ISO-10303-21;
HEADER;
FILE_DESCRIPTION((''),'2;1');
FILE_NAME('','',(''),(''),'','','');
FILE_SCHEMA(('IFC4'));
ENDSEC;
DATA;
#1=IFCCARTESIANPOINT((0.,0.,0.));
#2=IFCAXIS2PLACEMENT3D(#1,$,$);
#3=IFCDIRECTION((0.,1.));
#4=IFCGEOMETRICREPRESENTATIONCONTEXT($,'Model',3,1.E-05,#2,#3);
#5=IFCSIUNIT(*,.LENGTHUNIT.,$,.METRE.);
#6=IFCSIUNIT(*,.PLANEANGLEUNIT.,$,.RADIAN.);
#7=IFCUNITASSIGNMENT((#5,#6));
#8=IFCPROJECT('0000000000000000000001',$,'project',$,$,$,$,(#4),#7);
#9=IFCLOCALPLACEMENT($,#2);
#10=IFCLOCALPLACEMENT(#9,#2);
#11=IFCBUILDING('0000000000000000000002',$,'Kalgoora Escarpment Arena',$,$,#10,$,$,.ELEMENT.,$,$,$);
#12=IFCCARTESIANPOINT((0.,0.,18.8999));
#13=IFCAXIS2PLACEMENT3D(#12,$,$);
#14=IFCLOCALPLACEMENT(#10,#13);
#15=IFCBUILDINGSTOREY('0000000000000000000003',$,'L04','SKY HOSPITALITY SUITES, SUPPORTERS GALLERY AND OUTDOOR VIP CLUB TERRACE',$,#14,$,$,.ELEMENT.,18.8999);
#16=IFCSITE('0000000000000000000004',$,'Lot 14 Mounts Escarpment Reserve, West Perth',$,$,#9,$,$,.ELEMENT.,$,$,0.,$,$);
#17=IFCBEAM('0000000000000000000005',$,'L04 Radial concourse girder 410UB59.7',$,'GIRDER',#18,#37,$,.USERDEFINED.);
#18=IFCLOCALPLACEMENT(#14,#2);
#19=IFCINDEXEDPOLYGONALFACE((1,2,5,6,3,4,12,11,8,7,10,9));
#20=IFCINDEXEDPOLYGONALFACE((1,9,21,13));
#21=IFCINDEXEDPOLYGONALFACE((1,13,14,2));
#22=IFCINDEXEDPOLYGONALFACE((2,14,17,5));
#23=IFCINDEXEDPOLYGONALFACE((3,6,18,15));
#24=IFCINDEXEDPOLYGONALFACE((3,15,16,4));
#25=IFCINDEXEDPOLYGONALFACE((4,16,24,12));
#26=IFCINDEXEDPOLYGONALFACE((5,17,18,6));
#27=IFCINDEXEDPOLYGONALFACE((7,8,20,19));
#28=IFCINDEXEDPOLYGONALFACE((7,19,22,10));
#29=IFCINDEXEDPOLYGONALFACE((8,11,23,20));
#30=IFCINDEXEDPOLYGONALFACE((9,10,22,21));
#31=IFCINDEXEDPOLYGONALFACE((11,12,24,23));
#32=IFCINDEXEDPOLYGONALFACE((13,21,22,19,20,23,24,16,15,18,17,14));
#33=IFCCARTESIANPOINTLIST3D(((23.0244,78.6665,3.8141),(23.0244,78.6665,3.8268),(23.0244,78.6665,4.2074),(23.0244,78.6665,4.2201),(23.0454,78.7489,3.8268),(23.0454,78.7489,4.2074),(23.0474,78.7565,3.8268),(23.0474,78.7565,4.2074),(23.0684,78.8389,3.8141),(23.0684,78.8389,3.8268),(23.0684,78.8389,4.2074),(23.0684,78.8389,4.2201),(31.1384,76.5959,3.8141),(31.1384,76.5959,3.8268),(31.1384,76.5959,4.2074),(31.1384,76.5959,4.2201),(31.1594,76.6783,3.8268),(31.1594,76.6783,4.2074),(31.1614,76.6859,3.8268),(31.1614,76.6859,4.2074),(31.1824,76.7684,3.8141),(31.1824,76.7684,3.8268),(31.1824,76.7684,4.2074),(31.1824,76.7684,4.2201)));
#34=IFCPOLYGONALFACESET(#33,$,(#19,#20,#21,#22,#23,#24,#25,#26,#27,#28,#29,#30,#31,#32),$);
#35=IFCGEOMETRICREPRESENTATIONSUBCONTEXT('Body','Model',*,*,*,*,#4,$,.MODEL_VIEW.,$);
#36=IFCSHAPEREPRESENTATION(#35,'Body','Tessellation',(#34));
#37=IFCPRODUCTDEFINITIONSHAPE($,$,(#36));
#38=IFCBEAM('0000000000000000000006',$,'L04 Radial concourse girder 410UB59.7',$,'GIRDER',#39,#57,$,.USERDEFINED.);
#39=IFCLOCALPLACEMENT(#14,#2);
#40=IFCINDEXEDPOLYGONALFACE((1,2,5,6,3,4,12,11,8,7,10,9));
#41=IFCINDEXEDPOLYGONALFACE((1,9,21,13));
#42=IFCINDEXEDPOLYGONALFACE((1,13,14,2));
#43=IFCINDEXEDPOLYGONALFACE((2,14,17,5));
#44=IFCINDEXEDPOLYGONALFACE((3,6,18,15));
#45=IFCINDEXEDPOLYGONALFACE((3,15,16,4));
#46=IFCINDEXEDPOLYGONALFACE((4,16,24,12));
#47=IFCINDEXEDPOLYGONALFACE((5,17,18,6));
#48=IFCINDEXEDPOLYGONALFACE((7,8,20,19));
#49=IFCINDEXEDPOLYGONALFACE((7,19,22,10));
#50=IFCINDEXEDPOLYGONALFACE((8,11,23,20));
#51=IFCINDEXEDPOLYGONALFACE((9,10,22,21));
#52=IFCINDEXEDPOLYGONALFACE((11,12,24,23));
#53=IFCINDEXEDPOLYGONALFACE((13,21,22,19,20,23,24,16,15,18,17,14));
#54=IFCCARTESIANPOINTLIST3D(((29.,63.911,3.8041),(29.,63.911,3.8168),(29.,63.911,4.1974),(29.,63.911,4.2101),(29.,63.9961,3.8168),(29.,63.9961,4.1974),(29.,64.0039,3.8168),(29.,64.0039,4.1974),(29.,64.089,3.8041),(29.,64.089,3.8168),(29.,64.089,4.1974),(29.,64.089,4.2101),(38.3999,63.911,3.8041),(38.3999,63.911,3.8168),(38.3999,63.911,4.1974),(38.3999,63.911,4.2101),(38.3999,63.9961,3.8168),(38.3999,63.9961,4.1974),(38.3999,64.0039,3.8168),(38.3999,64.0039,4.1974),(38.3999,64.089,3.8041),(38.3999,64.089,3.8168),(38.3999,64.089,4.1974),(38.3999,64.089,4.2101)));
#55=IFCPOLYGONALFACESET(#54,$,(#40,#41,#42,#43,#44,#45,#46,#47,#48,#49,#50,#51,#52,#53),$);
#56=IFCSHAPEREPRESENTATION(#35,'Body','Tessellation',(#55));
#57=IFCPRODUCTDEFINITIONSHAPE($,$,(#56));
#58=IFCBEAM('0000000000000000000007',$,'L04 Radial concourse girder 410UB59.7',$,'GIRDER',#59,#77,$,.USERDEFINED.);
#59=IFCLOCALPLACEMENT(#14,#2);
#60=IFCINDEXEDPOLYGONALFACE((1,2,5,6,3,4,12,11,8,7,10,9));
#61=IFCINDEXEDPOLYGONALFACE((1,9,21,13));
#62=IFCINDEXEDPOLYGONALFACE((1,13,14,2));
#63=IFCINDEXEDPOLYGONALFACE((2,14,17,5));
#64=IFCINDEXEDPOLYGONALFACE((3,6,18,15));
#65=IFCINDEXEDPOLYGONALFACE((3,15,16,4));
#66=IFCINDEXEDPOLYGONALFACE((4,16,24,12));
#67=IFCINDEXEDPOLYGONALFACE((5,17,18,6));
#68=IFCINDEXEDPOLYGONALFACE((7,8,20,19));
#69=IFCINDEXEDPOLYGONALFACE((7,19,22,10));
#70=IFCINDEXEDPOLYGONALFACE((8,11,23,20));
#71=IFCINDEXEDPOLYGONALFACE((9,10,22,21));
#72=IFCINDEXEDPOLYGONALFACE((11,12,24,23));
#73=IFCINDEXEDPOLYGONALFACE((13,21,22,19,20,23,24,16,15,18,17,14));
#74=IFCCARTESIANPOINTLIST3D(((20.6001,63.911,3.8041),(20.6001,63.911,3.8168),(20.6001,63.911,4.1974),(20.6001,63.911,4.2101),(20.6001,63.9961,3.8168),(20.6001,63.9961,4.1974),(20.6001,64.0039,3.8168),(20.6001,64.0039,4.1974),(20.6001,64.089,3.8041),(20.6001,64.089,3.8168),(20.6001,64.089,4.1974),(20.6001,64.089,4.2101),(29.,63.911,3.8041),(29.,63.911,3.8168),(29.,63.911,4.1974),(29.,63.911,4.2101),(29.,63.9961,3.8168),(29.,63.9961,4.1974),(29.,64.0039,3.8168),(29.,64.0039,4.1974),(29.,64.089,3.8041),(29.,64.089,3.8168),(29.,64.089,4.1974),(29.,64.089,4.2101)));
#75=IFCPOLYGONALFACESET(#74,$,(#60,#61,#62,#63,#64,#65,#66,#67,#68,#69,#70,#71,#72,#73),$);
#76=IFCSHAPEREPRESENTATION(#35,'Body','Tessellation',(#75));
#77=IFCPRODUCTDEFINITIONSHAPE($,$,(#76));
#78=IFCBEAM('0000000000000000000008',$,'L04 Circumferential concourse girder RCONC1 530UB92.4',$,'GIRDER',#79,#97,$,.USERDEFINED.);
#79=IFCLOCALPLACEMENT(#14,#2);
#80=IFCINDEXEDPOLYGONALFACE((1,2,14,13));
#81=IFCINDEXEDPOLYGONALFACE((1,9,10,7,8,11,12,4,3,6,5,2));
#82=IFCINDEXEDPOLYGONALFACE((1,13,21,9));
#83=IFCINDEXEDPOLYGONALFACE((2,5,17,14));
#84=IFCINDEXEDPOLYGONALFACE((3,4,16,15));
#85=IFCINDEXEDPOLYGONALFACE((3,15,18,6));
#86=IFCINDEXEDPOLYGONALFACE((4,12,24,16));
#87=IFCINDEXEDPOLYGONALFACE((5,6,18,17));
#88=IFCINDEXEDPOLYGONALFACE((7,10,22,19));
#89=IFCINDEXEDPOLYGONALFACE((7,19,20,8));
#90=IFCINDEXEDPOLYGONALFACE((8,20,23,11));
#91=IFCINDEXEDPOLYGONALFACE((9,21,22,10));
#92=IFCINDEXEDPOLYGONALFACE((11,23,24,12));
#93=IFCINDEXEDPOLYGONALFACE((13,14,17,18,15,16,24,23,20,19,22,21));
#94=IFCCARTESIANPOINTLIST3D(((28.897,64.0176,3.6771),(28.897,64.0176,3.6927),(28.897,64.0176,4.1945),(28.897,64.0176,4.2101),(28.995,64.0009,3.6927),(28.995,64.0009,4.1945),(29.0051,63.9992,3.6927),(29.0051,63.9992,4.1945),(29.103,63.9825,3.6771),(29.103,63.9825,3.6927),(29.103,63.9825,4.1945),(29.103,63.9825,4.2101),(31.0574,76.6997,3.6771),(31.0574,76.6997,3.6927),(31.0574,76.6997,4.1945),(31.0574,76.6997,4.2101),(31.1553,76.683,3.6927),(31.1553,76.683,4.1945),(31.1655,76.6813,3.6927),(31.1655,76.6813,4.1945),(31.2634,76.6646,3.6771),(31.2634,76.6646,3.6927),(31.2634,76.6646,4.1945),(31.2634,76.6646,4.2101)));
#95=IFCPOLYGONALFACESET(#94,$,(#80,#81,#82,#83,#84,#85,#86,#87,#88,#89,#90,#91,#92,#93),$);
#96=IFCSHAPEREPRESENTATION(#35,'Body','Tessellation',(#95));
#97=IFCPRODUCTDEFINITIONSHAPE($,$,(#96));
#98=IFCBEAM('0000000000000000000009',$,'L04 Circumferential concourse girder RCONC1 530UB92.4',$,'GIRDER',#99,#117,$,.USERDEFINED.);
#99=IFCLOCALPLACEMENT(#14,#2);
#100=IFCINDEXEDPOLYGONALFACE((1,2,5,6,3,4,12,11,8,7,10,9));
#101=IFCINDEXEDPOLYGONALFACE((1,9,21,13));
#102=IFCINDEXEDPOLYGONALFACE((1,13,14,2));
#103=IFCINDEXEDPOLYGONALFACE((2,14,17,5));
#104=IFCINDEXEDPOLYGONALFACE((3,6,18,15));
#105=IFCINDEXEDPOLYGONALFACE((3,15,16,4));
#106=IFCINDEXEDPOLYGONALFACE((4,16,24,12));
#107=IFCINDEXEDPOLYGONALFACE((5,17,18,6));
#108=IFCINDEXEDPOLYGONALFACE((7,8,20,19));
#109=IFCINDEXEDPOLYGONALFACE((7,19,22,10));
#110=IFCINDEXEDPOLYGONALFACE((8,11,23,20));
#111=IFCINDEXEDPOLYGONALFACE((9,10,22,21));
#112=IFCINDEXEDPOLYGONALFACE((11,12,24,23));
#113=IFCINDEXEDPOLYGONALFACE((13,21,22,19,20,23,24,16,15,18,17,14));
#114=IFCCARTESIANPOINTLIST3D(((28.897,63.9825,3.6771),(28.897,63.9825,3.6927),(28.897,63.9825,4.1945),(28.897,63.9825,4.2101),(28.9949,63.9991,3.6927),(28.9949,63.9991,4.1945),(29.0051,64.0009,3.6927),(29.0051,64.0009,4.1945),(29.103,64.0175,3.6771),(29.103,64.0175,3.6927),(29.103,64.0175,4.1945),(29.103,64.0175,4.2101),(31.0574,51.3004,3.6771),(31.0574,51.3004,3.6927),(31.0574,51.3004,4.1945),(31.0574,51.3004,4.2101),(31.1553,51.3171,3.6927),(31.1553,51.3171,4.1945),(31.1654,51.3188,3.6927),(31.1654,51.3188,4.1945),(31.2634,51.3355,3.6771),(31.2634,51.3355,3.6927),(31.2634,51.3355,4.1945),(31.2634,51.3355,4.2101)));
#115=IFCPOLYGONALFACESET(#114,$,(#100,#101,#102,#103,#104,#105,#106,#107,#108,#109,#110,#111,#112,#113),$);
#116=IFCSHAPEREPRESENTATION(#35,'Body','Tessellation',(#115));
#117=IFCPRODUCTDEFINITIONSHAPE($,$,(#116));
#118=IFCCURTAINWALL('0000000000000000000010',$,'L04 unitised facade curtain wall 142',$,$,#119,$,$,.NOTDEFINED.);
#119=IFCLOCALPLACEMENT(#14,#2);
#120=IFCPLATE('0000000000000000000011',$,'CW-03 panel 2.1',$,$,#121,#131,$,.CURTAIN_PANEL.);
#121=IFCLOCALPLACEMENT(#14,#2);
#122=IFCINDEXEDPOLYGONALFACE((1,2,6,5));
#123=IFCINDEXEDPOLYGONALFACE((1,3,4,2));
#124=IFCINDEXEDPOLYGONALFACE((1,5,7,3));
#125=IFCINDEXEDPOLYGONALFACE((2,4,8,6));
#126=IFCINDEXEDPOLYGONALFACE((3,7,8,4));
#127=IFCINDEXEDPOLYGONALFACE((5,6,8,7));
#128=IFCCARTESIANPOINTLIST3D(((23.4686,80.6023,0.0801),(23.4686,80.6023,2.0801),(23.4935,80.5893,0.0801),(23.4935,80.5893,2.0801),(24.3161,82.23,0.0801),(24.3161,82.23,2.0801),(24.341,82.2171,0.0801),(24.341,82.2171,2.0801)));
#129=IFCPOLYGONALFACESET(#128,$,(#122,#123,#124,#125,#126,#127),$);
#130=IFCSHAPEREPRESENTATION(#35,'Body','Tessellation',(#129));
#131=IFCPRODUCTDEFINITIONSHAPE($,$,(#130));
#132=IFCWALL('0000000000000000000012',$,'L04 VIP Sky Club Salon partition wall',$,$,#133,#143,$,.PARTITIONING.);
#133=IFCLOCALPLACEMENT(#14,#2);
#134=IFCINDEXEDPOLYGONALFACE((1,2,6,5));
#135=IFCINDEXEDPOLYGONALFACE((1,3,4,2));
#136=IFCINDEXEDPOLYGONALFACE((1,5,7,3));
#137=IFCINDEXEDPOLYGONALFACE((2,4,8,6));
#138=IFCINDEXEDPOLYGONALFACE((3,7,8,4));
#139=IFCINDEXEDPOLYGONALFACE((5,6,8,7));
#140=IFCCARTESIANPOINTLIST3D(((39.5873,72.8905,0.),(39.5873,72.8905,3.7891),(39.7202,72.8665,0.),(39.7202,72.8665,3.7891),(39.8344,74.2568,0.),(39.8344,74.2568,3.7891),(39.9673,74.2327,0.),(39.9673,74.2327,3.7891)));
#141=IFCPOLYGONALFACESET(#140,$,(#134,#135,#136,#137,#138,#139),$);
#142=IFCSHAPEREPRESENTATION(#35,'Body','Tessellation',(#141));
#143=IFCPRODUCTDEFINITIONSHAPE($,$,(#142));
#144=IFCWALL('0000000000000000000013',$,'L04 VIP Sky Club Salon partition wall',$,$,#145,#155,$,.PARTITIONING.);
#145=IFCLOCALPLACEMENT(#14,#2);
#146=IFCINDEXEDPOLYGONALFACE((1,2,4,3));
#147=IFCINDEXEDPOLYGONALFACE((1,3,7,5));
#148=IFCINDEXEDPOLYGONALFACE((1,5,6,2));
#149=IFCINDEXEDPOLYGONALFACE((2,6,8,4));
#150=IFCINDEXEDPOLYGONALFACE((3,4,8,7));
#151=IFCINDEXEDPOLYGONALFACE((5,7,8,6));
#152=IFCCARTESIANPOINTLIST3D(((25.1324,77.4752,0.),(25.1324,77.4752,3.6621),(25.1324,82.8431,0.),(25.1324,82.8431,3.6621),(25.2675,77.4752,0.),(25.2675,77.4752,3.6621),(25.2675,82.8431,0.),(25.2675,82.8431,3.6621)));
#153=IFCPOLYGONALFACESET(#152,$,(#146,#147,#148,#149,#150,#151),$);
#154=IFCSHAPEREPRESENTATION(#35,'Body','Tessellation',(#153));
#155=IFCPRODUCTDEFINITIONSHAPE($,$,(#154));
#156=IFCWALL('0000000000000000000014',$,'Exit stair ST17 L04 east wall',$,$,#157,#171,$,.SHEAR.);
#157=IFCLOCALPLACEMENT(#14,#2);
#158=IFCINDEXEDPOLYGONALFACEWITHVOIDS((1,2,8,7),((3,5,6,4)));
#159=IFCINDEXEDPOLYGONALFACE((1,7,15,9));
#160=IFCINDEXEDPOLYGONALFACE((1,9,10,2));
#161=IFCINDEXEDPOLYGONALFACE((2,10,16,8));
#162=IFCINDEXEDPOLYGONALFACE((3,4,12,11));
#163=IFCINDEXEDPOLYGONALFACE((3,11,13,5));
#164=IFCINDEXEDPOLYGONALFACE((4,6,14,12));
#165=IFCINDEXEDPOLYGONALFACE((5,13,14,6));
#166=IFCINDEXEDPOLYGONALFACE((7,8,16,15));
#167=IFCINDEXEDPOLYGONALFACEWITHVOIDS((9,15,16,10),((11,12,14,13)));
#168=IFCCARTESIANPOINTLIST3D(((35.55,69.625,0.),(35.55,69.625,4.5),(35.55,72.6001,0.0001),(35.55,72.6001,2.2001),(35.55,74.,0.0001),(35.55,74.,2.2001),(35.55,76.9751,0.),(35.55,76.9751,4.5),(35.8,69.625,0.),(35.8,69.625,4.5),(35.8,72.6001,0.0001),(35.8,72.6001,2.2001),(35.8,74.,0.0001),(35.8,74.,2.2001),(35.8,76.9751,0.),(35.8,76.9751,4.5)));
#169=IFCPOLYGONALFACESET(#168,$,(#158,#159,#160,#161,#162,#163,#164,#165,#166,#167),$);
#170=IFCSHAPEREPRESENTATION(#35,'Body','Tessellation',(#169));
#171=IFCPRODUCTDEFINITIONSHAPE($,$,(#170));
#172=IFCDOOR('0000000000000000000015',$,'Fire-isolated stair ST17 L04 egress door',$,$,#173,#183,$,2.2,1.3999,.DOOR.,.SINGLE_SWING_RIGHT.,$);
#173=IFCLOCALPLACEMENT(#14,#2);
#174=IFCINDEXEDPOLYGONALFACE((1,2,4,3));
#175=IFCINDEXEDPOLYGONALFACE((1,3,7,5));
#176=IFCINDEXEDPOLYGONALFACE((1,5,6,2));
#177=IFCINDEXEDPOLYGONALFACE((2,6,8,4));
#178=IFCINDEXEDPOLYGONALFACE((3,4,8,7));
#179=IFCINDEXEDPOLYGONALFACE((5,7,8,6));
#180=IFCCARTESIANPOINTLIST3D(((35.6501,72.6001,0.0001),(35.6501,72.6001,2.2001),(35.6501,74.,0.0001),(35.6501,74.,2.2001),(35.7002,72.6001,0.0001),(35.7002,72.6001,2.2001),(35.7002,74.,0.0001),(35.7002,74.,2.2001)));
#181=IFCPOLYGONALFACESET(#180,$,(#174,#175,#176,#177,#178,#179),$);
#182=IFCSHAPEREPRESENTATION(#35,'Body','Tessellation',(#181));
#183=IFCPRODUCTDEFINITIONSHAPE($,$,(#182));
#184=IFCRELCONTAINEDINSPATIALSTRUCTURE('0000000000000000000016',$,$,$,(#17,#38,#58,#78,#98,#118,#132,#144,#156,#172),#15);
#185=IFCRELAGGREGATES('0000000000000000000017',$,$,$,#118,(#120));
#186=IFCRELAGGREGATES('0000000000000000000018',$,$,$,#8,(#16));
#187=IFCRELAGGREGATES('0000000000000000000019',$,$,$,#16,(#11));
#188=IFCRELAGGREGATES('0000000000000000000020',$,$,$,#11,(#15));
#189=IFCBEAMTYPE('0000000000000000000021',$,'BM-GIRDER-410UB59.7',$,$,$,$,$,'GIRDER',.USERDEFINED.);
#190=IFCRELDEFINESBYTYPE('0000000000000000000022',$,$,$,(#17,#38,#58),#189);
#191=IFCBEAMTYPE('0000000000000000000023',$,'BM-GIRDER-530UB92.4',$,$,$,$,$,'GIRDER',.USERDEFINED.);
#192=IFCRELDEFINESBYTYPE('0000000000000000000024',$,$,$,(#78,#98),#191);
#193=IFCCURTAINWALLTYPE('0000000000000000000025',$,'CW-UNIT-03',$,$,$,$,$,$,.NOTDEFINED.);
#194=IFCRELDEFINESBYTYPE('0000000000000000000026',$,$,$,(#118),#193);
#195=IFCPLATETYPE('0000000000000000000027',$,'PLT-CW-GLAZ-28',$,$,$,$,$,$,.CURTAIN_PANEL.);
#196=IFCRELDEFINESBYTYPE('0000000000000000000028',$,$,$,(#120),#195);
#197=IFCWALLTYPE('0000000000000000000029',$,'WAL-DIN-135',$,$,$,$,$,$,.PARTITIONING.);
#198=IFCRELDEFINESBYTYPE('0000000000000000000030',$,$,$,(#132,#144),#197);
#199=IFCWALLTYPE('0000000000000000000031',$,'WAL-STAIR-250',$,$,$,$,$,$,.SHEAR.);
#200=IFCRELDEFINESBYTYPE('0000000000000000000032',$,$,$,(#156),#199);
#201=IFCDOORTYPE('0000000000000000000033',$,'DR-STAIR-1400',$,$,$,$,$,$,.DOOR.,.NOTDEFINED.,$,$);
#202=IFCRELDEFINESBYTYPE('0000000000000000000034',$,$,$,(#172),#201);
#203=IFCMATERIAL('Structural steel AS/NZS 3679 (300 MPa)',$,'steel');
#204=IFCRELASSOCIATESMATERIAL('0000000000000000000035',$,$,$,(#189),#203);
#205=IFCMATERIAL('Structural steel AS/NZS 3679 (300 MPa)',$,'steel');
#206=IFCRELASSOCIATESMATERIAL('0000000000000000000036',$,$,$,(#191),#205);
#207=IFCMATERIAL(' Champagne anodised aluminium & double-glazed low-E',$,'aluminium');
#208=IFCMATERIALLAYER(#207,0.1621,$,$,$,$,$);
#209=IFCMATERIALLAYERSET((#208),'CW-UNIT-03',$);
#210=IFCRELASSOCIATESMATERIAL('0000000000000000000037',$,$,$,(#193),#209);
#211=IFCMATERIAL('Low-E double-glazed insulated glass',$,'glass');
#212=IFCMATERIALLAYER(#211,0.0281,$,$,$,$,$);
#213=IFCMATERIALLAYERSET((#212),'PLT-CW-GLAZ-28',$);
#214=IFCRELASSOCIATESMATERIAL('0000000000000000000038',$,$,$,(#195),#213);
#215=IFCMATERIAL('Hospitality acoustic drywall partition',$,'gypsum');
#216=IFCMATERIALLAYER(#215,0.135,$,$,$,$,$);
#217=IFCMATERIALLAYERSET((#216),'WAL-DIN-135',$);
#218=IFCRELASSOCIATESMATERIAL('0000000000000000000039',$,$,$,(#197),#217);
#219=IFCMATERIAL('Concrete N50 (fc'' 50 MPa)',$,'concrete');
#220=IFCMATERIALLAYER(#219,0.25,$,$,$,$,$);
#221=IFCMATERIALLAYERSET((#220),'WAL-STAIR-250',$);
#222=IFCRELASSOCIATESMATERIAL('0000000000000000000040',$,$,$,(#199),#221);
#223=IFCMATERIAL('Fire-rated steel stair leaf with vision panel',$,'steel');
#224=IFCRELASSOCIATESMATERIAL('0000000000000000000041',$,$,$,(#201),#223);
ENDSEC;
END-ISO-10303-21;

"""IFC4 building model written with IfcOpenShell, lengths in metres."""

from ifc_helpers import new_model, si_unit, direction, frame, frame_2d, origin, origin_2d, place, context, subcontext, project, spatial, rectangle, i_section, extrude, material, layer, layer_set, material_profile, profile_set, type_object, element, fill, aggregate, save


model = new_model("IFC4")

# Units and contexts
model_context = context("Model", 3, precision=1e-05, world=origin(), true_north=direction((0.0, 1.0)))
body_context = subcontext(model_context, "Body", "Model", "MODEL_VIEW")
ifc_project = project(units=[si_unit("LENGTHUNIT", "METRE"), si_unit("PLANEANGLEUNIT", "RADIAN")], contexts=[model_context])

# Site, building, storey
site_placement = place(None, origin())
site = spatial("IfcSite", under=ifc_project, at=site_placement, Name="Lot 14 Mounts Escarpment Reserve, West Perth", CompositionType="ELEMENT", RefElevation=0.0)
building_placement = place(site_placement, origin())
building = spatial("IfcBuilding", under=site, at=building_placement, Name="Kalgoora Escarpment Arena", CompositionType="ELEMENT")
storey_placement = place(building_placement, frame((0.0, 0.0, 18.8999)))
storey = spatial("IfcBuildingStorey", under=building, at=storey_placement, Name="L04", Description="SKY HOSPITALITY SUITES, SUPPORTERS GALLERY AND OUTDOOR VIP CLUB TERRACE", CompositionType="ELEMENT", Elevation=18.8999)

# Beams
ifc_material_1 = material(Name="Structural steel AS/NZS 3679 (300 MPa)", Category="steel")
ifc_material_profile_1 = material_profile(ifc_material_1, i_section(OverallWidth=0.178, OverallDepth=0.406, WebThickness=0.0078, FlangeThickness=0.0127, at=origin_2d()))
ifc_profile_set_1 = profile_set([ifc_material_profile_1], Name="Structural steel AS/NZS 3679 (300 MPa)")
beam_type_1 = type_object("IfcBeamType", Name="BM-GIRDER-410UB59.7", ElementType="GIRDER", PredefinedType="USERDEFINED", material=ifc_profile_set_1)
beam_1_placement = place(storey_placement, frame((31.1604, 76.6821, 4.0171), z_axis=(-0.968949, 0.247259, 0.0), x_axis=(-0.247259, -0.968949, 0.0)))
element("IfcBeam", 1, at=beam_1_placement, inside=storey, type_object=beam_type_1, Name="L04 Radial concourse girder 410UB59.7", ObjectType="GIRDER", PredefinedType="USERDEFINED", context=body_context, shape_type="SweptSolid", body=[
    extrude(i_section(OverallWidth=0.178, OverallDepth=0.406, WebThickness=0.0078, FlangeThickness=0.0127, at=origin_2d()), origin(), (0.0, 0.0, 1.0), 8.374),
])
beam_2_placement = place(storey_placement, frame((38.3999, 64.0, 4.0071), z_axis=(-1.0, 0.0, 0.0), x_axis=(0.0, -1.0, 0.0)))
element("IfcBeam", 2, at=beam_2_placement, inside=storey, type_object=beam_type_1, Name="L04 Radial concourse girder 410UB59.7", ObjectType="GIRDER", PredefinedType="USERDEFINED", context=body_context, shape_type="SweptSolid", body=[
    extrude(i_section(OverallWidth=0.178, OverallDepth=0.406, WebThickness=0.0078, FlangeThickness=0.0127, at=origin_2d()), origin(), (0.0, 0.0, 1.0), 9.3999),
])
beam_3_placement = place(storey_placement, frame((29.0, 64.0, 4.0071), z_axis=(-1.0, 0.0, 0.0), x_axis=(0.0, -1.0, 0.0)))
element("IfcBeam", 3, at=beam_3_placement, inside=storey, type_object=beam_type_1, Name="L04 Radial concourse girder 410UB59.7", ObjectType="GIRDER", PredefinedType="USERDEFINED", context=body_context, shape_type="SweptSolid", body=[
    extrude(i_section(OverallWidth=0.178, OverallDepth=0.406, WebThickness=0.0078, FlangeThickness=0.0127, at=origin_2d()), origin(), (0.0, 0.0, 1.0), 8.3999),
])
ifc_material_2 = material(Name="Structural steel AS/NZS 3679 (300 MPa)", Category="steel")
ifc_material_profile_2 = material_profile(ifc_material_2, i_section(OverallWidth=0.209, OverallDepth=0.533, WebThickness=0.0103, FlangeThickness=0.0156, at=origin_2d()))
ifc_profile_set_2 = profile_set([ifc_material_profile_2], Name="Structural steel AS/NZS 3679 (300 MPa)")
beam_type_2 = type_object("IfcBeamType", Name="BM-GIRDER-530UB92.4", ElementType="GIRDER", PredefinedType="USERDEFINED", material=ifc_profile_set_2)
for number, where, z_axis, x_axis, name in (
    (4, (31.1604, 76.6821, 3.9436), (-0.167931, -0.985799, 0.0), (0.985799, -0.167931, 0.0), "L04 Circumferential concourse girder RCONC1 530UB92.4"),
    (5, (29.0, 64.0, 3.9436), (0.167931, -0.985799, 0.0), (0.985799, 0.167931, 0.0), "L04 Circumferential concourse girder RCONC1 530UB92.4"),
):
    element("IfcBeam", number, at=place(storey_placement, frame(where, z_axis=z_axis, x_axis=x_axis)), inside=storey, type_object=beam_type_2, Name=name, ObjectType="GIRDER", PredefinedType="USERDEFINED", context=body_context, shape_type="SweptSolid", body=[
        extrude(i_section(OverallWidth=0.209, OverallDepth=0.533, WebThickness=0.0103, FlangeThickness=0.0156, at=origin_2d()), origin(), (0.0, 0.0, 1.0), 12.8647),
    ])

# Curtain wall, plate
ifc_material_3 = material(Name=" Champagne anodised aluminium & double-glazed low-E", Category="aluminium")
ifc_layer_1 = layer(ifc_material_3, 0.1621)
ifc_layer_set_1 = layer_set([ifc_layer_1], Name="CW-UNIT-03")
curtain_wall_type = type_object("IfcCurtainWallType", Name="CW-UNIT-03", PredefinedType="NOTDEFINED", material=ifc_layer_set_1)
curtain_wall_placement = place(storey_placement, origin())
curtain_wall = element("IfcCurtainWall", 6, at=curtain_wall_placement, inside=storey, type_object=curtain_wall_type, Name="L04 unitised facade curtain wall 142", PredefinedType="NOTDEFINED")
ifc_material_4 = material(Name="Low-E double-glazed insulated glass", Category="glass")
ifc_layer_2 = layer(ifc_material_4, 0.0281)
ifc_layer_set_2 = layer_set([ifc_layer_2], Name="PLT-CW-GLAZ-28")
plate_type = type_object("IfcPlateType", Name="PLT-CW-GLAZ-28", PredefinedType="CURTAIN_PANEL", material=ifc_layer_set_2)
plate_placement = place(storey_placement, frame((23.9048, 81.4097, 0.0801), z_axis=(0.0, 0.0, 1.0), x_axis=(0.461806, 0.886981, 0.0)))
plate = element("IfcPlate", 7, at=plate_placement, type_object=plate_type, Name="CW-03 panel 2.1", PredefinedType="CURTAIN_PANEL", context=body_context, shape_type="SweptSolid", body=[
    extrude(rectangle(XDim=1.8352, YDim=0.0281, at=origin_2d()), origin(), (0.0, 0.0, 1.0), 2.0),
])
aggregate(curtain_wall, [plate])

# Walls
ifc_material_5 = material(Name="Hospitality acoustic drywall partition", Category="gypsum")
ifc_layer_3 = layer(ifc_material_5, 0.135)
ifc_layer_set_3 = layer_set([ifc_layer_3], Name="WAL-DIN-135")
wall_type_1 = type_object("IfcWallType", Name="WAL-DIN-135", PredefinedType="PARTITIONING", material=ifc_layer_set_3)
wall_1_placement = place(storey_placement, frame((39.9009, 74.2449, 0.0), z_axis=(0.0, 0.0, 1.0), x_axis=(-0.177957, -0.984038, 0.0)))
element("IfcWall", 8, at=wall_1_placement, inside=storey, type_object=wall_type_1, Name="L04 VIP Sky Club Salon partition wall", PredefinedType="PARTITIONING", context=body_context, shape_type="SweptSolid", body=[
    extrude(rectangle(XDim=1.3884, YDim=0.135, at=frame_2d((0.6943, 0.0))), origin(), (0.0, 0.0, 1.0), 3.7891),
])
wall_2_placement = place(storey_placement, frame((25.2, 77.4751, 0.0), z_axis=(0.0, 0.0, 1.0), x_axis=(0.0, 1.0, 0.0)))
element("IfcWall", 9, at=wall_2_placement, inside=storey, type_object=wall_type_1, Name="L04 VIP Sky Club Salon partition wall", PredefinedType="PARTITIONING", context=body_context, shape_type="SweptSolid", body=[
    extrude(rectangle(XDim=5.3679, YDim=0.135, at=frame_2d((2.6841, 0.0))), origin(), (0.0, 0.0, 1.0), 3.6621),
])

# Wall, opening, door
ifc_material_6 = material(Name="Concrete N50 (fc' 50 MPa)", Category="concrete")
ifc_layer_4 = layer(ifc_material_6, 0.25)
ifc_layer_set_4 = layer_set([ifc_layer_4], Name="WAL-STAIR-250")
wall_type_2 = type_object("IfcWallType", Name="WAL-STAIR-250", PredefinedType="SHEAR", material=ifc_layer_set_4)
wall_3_placement = place(storey_placement, frame((35.675, 69.625, 0.0), z_axis=(0.0, 0.0, 1.0), x_axis=(0.0, 1.0, 0.0)))
wall_3 = element("IfcWall", 10, at=wall_3_placement, inside=storey, type_object=wall_type_2, Name="Exit stair ST17 L04 east wall", PredefinedType="SHEAR", context=body_context, shape_type="SweptSolid", body=[
    extrude(rectangle(XDim=7.3501, YDim=0.25, at=frame_2d((3.675, 0.0))), origin(), (0.0, 0.0, 1.0), 4.5),
])
opening_placement = place(wall_3_placement, frame((2.9751, 0.0, 0.0)))
opening = element("IfcOpeningElement", 11, at=opening_placement, cuts=wall_3, PredefinedType="OPENING", context=body_context, shape_type="SweptSolid", body=[
    extrude(rectangle(XDim=1.3999, YDim=2.2, at=frame_2d((0.7, 1.1001))), frame((0.0, 0.135, 0.0), z_axis=(0.0, -1.0, 0.0), x_axis=(1.0, 0.0, 0.0)), (0.0, 0.0, 1.0), 0.27),
])
ifc_material_7 = material(Name="Fire-rated steel stair leaf with vision panel", Category="steel")
door_type = type_object("IfcDoorType", Name="DR-STAIR-1400", OperationType="NOTDEFINED", PredefinedType="DOOR", material=ifc_material_7)
door_placement = place(opening_placement, origin())
door = element("IfcDoor", 12, at=door_placement, inside=storey, type_object=door_type, Name="Fire-isolated stair ST17 L04 egress door", OperationType="SINGLE_SWING_RIGHT", OverallHeight=2.2, OverallWidth=1.3999, PredefinedType="DOOR", context=body_context, shape_type="SweptSolid", body=[
    extrude(rectangle(XDim=1.3999, YDim=2.2, at=frame_2d((0.7, 1.1001))), frame((0.0, 0.0249, 0.0), z_axis=(0.0, -1.0, 0.0), x_axis=(1.0, 0.0, 0.0)), (0.0, 0.0, 1.0), 0.05),
])
fill(opening, door)

save(model, "model.ifc")
